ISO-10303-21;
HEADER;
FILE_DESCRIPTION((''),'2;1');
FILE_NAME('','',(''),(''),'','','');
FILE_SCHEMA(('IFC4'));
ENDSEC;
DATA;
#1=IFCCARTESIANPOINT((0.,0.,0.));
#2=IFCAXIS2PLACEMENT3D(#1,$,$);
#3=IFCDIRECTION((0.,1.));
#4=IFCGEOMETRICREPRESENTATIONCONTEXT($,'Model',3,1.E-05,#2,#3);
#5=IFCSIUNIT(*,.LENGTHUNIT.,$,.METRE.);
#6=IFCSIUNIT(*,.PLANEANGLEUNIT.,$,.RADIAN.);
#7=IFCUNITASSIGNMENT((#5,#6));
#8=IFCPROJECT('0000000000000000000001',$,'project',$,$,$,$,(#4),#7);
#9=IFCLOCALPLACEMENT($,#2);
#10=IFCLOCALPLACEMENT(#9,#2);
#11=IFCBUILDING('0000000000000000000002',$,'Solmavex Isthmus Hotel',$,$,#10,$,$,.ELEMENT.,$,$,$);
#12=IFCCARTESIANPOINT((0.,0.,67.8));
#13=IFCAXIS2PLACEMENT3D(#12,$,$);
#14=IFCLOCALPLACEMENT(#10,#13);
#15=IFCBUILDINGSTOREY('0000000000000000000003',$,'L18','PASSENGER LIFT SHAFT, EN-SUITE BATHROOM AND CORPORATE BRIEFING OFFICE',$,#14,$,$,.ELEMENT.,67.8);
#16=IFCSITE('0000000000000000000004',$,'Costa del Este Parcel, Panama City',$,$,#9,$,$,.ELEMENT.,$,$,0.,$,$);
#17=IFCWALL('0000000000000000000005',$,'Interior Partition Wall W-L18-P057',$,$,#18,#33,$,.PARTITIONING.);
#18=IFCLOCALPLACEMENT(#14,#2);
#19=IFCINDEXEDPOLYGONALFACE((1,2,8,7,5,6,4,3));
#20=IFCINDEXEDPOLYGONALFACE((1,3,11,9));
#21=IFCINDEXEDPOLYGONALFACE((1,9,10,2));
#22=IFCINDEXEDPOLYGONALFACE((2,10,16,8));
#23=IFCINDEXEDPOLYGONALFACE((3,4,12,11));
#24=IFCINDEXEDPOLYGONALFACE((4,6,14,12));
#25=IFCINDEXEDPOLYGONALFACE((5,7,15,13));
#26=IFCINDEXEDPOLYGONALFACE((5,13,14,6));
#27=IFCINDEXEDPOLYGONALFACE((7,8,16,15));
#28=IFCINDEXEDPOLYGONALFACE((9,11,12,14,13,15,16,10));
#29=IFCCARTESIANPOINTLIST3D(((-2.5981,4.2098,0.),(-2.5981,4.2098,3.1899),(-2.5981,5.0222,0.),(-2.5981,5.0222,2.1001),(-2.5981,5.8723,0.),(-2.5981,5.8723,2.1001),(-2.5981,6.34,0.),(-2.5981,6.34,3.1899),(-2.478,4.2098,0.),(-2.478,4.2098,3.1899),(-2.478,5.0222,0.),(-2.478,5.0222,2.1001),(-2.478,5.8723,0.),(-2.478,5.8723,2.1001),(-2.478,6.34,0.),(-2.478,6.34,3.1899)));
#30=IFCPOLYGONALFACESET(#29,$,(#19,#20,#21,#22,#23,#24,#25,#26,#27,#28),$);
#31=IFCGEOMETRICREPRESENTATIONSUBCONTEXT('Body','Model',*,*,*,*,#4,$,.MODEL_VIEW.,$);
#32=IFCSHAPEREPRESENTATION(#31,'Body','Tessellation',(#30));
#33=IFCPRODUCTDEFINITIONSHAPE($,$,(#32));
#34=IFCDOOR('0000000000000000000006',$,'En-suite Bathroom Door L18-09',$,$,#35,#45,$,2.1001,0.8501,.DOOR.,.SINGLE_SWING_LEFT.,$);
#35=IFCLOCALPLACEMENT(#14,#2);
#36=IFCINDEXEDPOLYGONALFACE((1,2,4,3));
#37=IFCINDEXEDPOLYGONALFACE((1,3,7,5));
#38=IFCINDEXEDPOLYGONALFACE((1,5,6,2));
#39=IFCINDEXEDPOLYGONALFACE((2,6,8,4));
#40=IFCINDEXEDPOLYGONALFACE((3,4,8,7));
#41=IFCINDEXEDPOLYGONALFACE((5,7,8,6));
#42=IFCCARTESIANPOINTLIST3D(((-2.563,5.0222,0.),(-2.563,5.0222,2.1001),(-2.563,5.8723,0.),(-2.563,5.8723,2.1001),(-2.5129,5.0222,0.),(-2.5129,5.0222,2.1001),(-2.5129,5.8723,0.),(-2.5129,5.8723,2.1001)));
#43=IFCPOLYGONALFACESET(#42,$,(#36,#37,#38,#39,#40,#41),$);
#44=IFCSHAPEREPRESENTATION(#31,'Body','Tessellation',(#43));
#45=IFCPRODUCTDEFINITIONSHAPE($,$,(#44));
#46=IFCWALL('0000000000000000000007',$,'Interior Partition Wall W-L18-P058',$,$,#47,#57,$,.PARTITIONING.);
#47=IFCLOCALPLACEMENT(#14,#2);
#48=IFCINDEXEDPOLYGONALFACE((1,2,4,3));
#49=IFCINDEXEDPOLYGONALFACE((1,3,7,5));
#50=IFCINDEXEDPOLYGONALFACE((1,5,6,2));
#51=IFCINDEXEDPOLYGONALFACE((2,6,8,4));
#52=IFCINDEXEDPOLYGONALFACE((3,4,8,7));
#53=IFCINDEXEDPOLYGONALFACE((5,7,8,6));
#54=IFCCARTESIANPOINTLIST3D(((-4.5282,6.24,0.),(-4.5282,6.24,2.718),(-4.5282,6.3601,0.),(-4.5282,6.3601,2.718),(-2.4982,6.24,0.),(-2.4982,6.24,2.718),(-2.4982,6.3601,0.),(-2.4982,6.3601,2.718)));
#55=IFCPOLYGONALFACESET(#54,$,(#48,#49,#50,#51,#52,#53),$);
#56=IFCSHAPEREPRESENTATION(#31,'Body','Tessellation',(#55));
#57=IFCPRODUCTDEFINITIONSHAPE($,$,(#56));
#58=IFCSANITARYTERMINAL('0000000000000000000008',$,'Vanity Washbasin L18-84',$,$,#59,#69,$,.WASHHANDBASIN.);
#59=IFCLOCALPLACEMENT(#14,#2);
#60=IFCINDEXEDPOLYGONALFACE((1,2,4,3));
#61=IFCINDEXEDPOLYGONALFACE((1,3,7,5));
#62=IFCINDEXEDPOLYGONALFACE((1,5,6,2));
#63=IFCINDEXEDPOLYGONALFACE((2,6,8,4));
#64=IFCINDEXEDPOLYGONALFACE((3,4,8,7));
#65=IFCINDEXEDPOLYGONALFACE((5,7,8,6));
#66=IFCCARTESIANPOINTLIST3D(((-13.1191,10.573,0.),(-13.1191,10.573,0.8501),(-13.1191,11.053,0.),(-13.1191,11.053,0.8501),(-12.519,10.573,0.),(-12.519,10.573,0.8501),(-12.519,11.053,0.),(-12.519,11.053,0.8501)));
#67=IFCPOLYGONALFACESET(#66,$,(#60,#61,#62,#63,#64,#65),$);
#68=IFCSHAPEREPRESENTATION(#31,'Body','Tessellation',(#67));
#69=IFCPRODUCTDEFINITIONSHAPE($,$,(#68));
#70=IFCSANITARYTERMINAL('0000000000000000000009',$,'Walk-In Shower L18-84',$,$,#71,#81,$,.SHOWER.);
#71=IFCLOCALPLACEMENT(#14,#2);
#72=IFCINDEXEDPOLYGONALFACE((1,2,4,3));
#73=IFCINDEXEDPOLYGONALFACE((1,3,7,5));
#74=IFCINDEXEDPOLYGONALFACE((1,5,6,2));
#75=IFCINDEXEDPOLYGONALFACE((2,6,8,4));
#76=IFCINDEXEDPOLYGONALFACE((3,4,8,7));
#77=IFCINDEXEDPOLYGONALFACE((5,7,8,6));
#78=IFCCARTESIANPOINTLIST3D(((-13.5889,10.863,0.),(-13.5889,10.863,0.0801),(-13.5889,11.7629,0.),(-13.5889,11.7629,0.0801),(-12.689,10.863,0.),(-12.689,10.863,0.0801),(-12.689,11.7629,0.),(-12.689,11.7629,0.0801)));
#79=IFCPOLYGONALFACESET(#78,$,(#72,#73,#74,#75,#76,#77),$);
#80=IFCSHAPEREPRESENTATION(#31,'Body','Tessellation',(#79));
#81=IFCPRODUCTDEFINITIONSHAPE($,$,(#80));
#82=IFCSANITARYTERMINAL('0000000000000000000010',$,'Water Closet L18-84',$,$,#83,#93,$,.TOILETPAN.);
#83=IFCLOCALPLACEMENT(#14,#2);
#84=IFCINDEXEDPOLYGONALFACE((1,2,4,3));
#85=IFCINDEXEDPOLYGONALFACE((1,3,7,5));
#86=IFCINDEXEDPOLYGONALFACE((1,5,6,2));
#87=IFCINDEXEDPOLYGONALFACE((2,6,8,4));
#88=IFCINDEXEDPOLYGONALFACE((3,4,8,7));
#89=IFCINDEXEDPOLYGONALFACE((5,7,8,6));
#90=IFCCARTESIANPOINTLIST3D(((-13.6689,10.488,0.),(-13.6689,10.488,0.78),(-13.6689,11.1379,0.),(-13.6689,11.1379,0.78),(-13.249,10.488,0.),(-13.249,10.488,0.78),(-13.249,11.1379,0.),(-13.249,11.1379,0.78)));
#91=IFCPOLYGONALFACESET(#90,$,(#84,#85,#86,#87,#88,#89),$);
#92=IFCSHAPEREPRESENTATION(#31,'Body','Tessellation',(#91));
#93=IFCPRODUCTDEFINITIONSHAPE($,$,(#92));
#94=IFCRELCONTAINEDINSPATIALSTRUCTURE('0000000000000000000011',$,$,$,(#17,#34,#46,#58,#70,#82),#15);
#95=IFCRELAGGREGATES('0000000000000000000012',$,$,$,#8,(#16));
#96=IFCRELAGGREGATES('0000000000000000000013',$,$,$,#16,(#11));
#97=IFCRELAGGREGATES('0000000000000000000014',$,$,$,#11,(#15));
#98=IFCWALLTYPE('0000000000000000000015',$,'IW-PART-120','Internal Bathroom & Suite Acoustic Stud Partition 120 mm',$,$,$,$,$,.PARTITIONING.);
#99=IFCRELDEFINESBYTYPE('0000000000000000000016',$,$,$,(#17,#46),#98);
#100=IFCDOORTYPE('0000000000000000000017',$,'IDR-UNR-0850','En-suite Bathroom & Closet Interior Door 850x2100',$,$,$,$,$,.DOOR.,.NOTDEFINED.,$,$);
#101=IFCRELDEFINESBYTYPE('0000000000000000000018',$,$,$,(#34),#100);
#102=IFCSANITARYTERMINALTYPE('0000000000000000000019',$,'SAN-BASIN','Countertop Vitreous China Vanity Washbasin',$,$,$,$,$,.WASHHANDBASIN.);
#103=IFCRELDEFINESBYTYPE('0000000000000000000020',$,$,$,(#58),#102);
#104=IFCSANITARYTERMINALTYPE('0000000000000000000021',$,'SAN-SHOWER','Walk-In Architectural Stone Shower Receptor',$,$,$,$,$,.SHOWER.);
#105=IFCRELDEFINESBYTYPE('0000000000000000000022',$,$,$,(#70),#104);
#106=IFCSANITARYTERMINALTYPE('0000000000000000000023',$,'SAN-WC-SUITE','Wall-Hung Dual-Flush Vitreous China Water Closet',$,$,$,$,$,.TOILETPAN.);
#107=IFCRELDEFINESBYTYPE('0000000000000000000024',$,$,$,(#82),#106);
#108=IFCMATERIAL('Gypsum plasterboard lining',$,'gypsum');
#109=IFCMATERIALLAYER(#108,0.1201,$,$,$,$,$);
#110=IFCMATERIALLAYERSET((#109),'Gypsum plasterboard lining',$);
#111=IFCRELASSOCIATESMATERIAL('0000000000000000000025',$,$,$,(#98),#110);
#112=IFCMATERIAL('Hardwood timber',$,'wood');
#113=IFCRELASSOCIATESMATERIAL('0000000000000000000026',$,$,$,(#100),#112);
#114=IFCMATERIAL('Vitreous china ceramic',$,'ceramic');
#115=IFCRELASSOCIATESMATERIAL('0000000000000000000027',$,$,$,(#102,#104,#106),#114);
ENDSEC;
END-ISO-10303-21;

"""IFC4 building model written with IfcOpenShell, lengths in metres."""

from ifc_helpers import new_model, si_unit, direction, frame, frame_2d, origin, origin_2d, place, context, subcontext, project, spatial, rectangle, extrude, material, layer, layer_set, type_object, element, fill, save


model = new_model("IFC4")

# Units and contexts
model_context = context("Model", 3, precision=1e-05, world=origin(), true_north=direction((0.0, 1.0)))
body_context = subcontext(model_context, "Body", "Model", "MODEL_VIEW")
ifc_project = project(units=[si_unit("LENGTHUNIT", "METRE"), si_unit("PLANEANGLEUNIT", "RADIAN")], contexts=[model_context])

# Site, building, storey
site_placement = place(None, origin())
site = spatial("IfcSite", under=ifc_project, at=site_placement, Name="Costa del Este Parcel, Panama City", CompositionType="ELEMENT", RefElevation=0.0)
building_placement = place(site_placement, origin())
building = spatial("IfcBuilding", under=site, at=building_placement, Name="Solmavex Isthmus Hotel", CompositionType="ELEMENT")
storey_placement = place(building_placement, frame((0.0, 0.0, 67.8)))
storey = spatial("IfcBuildingStorey", under=building, at=storey_placement, Name="L18", Description="PASSENGER LIFT SHAFT, EN-SUITE BATHROOM AND CORPORATE BRIEFING OFFICE", CompositionType="ELEMENT", Elevation=67.8)

# Shared definitions
ifc_material_1 = material(Name="Gypsum plasterboard lining", Category="gypsum")

# Shared definitions
ifc_material_2 = material(Name="Hardwood timber", Category="wood")

# Shared definitions
ifc_layer_1 = layer(ifc_material_1, 0.1201)
ifc_layer_set_1 = layer_set([ifc_layer_1], Name="Gypsum plasterboard lining")
wall_type_1 = type_object("IfcWallType", Name="IW-PART-120", Description="Internal Bathroom & Suite Acoustic Stud Partition 120 mm", PredefinedType="PARTITIONING", material=ifc_layer_set_1)

# Shared definitions
door_type_1 = type_object("IfcDoorType", Name="IDR-UNR-0850", Description="En-suite Bathroom & Closet Interior Door 850x2100", OperationType="NOTDEFINED", PredefinedType="DOOR", material=ifc_material_2)

# Wall, opening, door
wall_1_placement = place(storey_placement, frame((-2.5381, 4.21, 0.0), z_axis=(0.0, 0.0, 1.0), x_axis=(0.0, 1.0, 0.0)))
wall_1 = element("IfcWall", 1, at=wall_1_placement, inside=storey, type_object=wall_type_1, Name="Interior Partition Wall W-L18-P057", PredefinedType="PARTITIONING", context=body_context, shape_type="SweptSolid", body=[
    extrude(rectangle(XDim=2.1301, YDim=0.1201, at=frame_2d((1.0649, 0.0))), origin(), (0.0, 0.0, 1.0), 3.1899),
])
opening_1_placement = place(wall_1_placement, frame((0.8123, 0.0, 0.0)))
opening_1 = element("IfcOpeningElement", 2, at=opening_1_placement, cuts=wall_1, PredefinedType="OPENING", context=body_context, shape_type="SweptSolid", body=[
    extrude(rectangle(XDim=0.8501, YDim=2.1001, at=frame_2d((0.425, 1.05))), frame((0.0, 0.0701, 0.0), z_axis=(0.0, -1.0, 0.0), x_axis=(1.0, 0.0, 0.0)), (0.0, 0.0, 1.0), 0.1401),
])
door_1_placement = place(opening_1_placement, origin())
door_1 = element("IfcDoor", 3, at=door_1_placement, inside=storey, type_object=door_type_1, Name="En-suite Bathroom Door L18-09", OperationType="SINGLE_SWING_LEFT", OverallHeight=2.1001, OverallWidth=0.8501, PredefinedType="DOOR", context=body_context, shape_type="SweptSolid", body=[
    extrude(rectangle(XDim=0.8501, YDim=2.1001, at=frame_2d((0.425, 1.05))), frame((0.0, 0.0249, 0.0), z_axis=(0.0, -1.0, 0.0), x_axis=(1.0, 0.0, 0.0)), (0.0, 0.0, 1.0), 0.05),
])
fill(opening_1, door_1)

# Wall
wall_2_placement = place(storey_placement, frame((-2.498, 6.3, 0.0), z_axis=(0.0, 0.0, 1.0), x_axis=(-1.0, 0.0, 0.0)))
element("IfcWall", 4, at=wall_2_placement, inside=storey, type_object=wall_type_1, Name="Interior Partition Wall W-L18-P058", PredefinedType="PARTITIONING", context=body_context, shape_type="SweptSolid", body=[
    extrude(rectangle(XDim=2.03, YDim=0.1201, at=frame_2d((1.0151, 0.0))), origin(), (0.0, 0.0, 1.0), 2.718),
])

# Sanitary terminals
ifc_material_3 = material(Name="Vitreous china ceramic", Category="ceramic")
sanitary_terminal_type_1 = type_object("IfcSanitaryTerminalType", Name="SAN-BASIN", Description="Countertop Vitreous China Vanity Washbasin", PredefinedType="WASHHANDBASIN", material=ifc_material_3)
sanitary_terminal_1_placement = place(storey_placement, frame((-12.8191, 10.813, 0.0), z_axis=(0.0, 0.0, 1.0), x_axis=(1.0, 0.0, 0.0)))
element("IfcSanitaryTerminal", 5, at=sanitary_terminal_1_placement, inside=storey, type_object=sanitary_terminal_type_1, Name="Vanity Washbasin L18-84", PredefinedType="WASHHANDBASIN", context=body_context, shape_type="SweptSolid", body=[
    extrude(rectangle(XDim=0.6001, YDim=0.48, at=origin_2d()), origin(), (0.0, 0.0, 1.0), 0.8501),
])
sanitary_terminal_type_2 = type_object("IfcSanitaryTerminalType", Name="SAN-SHOWER", Description="Walk-In Architectural Stone Shower Receptor", PredefinedType="SHOWER", material=ifc_material_3)
sanitary_terminal_2_placement = place(storey_placement, frame((-13.1389, 11.313, 0.0), z_axis=(0.0, 0.0, 1.0), x_axis=(1.0, 0.0, 0.0)))
element("IfcSanitaryTerminal", 6, at=sanitary_terminal_2_placement, inside=storey, type_object=sanitary_terminal_type_2, Name="Walk-In Shower L18-84", PredefinedType="SHOWER", context=body_context, shape_type="SweptSolid", body=[
    extrude(rectangle(XDim=0.8999, YDim=0.8999, at=origin_2d()), origin(), (0.0, 0.0, 1.0), 0.0801),
])
sanitary_terminal_type_3 = type_object("IfcSanitaryTerminalType", Name="SAN-WC-SUITE", Description="Wall-Hung Dual-Flush Vitreous China Water Closet", PredefinedType="TOILETPAN", material=ifc_material_3)
sanitary_terminal_3_placement = place(storey_placement, frame((-13.459, 10.813, 0.0), z_axis=(0.0, 0.0, 1.0), x_axis=(1.0, 0.0, 0.0)))
element("IfcSanitaryTerminal", 7, at=sanitary_terminal_3_placement, inside=storey, type_object=sanitary_terminal_type_3, Name="Water Closet L18-84", PredefinedType="TOILETPAN", context=body_context, shape_type="SweptSolid", body=[
    extrude(rectangle(XDim=0.4199, YDim=0.6499, at=origin_2d()), origin(), (0.0, 0.0, 1.0), 0.78),
])

save(model, "model.ifc")
